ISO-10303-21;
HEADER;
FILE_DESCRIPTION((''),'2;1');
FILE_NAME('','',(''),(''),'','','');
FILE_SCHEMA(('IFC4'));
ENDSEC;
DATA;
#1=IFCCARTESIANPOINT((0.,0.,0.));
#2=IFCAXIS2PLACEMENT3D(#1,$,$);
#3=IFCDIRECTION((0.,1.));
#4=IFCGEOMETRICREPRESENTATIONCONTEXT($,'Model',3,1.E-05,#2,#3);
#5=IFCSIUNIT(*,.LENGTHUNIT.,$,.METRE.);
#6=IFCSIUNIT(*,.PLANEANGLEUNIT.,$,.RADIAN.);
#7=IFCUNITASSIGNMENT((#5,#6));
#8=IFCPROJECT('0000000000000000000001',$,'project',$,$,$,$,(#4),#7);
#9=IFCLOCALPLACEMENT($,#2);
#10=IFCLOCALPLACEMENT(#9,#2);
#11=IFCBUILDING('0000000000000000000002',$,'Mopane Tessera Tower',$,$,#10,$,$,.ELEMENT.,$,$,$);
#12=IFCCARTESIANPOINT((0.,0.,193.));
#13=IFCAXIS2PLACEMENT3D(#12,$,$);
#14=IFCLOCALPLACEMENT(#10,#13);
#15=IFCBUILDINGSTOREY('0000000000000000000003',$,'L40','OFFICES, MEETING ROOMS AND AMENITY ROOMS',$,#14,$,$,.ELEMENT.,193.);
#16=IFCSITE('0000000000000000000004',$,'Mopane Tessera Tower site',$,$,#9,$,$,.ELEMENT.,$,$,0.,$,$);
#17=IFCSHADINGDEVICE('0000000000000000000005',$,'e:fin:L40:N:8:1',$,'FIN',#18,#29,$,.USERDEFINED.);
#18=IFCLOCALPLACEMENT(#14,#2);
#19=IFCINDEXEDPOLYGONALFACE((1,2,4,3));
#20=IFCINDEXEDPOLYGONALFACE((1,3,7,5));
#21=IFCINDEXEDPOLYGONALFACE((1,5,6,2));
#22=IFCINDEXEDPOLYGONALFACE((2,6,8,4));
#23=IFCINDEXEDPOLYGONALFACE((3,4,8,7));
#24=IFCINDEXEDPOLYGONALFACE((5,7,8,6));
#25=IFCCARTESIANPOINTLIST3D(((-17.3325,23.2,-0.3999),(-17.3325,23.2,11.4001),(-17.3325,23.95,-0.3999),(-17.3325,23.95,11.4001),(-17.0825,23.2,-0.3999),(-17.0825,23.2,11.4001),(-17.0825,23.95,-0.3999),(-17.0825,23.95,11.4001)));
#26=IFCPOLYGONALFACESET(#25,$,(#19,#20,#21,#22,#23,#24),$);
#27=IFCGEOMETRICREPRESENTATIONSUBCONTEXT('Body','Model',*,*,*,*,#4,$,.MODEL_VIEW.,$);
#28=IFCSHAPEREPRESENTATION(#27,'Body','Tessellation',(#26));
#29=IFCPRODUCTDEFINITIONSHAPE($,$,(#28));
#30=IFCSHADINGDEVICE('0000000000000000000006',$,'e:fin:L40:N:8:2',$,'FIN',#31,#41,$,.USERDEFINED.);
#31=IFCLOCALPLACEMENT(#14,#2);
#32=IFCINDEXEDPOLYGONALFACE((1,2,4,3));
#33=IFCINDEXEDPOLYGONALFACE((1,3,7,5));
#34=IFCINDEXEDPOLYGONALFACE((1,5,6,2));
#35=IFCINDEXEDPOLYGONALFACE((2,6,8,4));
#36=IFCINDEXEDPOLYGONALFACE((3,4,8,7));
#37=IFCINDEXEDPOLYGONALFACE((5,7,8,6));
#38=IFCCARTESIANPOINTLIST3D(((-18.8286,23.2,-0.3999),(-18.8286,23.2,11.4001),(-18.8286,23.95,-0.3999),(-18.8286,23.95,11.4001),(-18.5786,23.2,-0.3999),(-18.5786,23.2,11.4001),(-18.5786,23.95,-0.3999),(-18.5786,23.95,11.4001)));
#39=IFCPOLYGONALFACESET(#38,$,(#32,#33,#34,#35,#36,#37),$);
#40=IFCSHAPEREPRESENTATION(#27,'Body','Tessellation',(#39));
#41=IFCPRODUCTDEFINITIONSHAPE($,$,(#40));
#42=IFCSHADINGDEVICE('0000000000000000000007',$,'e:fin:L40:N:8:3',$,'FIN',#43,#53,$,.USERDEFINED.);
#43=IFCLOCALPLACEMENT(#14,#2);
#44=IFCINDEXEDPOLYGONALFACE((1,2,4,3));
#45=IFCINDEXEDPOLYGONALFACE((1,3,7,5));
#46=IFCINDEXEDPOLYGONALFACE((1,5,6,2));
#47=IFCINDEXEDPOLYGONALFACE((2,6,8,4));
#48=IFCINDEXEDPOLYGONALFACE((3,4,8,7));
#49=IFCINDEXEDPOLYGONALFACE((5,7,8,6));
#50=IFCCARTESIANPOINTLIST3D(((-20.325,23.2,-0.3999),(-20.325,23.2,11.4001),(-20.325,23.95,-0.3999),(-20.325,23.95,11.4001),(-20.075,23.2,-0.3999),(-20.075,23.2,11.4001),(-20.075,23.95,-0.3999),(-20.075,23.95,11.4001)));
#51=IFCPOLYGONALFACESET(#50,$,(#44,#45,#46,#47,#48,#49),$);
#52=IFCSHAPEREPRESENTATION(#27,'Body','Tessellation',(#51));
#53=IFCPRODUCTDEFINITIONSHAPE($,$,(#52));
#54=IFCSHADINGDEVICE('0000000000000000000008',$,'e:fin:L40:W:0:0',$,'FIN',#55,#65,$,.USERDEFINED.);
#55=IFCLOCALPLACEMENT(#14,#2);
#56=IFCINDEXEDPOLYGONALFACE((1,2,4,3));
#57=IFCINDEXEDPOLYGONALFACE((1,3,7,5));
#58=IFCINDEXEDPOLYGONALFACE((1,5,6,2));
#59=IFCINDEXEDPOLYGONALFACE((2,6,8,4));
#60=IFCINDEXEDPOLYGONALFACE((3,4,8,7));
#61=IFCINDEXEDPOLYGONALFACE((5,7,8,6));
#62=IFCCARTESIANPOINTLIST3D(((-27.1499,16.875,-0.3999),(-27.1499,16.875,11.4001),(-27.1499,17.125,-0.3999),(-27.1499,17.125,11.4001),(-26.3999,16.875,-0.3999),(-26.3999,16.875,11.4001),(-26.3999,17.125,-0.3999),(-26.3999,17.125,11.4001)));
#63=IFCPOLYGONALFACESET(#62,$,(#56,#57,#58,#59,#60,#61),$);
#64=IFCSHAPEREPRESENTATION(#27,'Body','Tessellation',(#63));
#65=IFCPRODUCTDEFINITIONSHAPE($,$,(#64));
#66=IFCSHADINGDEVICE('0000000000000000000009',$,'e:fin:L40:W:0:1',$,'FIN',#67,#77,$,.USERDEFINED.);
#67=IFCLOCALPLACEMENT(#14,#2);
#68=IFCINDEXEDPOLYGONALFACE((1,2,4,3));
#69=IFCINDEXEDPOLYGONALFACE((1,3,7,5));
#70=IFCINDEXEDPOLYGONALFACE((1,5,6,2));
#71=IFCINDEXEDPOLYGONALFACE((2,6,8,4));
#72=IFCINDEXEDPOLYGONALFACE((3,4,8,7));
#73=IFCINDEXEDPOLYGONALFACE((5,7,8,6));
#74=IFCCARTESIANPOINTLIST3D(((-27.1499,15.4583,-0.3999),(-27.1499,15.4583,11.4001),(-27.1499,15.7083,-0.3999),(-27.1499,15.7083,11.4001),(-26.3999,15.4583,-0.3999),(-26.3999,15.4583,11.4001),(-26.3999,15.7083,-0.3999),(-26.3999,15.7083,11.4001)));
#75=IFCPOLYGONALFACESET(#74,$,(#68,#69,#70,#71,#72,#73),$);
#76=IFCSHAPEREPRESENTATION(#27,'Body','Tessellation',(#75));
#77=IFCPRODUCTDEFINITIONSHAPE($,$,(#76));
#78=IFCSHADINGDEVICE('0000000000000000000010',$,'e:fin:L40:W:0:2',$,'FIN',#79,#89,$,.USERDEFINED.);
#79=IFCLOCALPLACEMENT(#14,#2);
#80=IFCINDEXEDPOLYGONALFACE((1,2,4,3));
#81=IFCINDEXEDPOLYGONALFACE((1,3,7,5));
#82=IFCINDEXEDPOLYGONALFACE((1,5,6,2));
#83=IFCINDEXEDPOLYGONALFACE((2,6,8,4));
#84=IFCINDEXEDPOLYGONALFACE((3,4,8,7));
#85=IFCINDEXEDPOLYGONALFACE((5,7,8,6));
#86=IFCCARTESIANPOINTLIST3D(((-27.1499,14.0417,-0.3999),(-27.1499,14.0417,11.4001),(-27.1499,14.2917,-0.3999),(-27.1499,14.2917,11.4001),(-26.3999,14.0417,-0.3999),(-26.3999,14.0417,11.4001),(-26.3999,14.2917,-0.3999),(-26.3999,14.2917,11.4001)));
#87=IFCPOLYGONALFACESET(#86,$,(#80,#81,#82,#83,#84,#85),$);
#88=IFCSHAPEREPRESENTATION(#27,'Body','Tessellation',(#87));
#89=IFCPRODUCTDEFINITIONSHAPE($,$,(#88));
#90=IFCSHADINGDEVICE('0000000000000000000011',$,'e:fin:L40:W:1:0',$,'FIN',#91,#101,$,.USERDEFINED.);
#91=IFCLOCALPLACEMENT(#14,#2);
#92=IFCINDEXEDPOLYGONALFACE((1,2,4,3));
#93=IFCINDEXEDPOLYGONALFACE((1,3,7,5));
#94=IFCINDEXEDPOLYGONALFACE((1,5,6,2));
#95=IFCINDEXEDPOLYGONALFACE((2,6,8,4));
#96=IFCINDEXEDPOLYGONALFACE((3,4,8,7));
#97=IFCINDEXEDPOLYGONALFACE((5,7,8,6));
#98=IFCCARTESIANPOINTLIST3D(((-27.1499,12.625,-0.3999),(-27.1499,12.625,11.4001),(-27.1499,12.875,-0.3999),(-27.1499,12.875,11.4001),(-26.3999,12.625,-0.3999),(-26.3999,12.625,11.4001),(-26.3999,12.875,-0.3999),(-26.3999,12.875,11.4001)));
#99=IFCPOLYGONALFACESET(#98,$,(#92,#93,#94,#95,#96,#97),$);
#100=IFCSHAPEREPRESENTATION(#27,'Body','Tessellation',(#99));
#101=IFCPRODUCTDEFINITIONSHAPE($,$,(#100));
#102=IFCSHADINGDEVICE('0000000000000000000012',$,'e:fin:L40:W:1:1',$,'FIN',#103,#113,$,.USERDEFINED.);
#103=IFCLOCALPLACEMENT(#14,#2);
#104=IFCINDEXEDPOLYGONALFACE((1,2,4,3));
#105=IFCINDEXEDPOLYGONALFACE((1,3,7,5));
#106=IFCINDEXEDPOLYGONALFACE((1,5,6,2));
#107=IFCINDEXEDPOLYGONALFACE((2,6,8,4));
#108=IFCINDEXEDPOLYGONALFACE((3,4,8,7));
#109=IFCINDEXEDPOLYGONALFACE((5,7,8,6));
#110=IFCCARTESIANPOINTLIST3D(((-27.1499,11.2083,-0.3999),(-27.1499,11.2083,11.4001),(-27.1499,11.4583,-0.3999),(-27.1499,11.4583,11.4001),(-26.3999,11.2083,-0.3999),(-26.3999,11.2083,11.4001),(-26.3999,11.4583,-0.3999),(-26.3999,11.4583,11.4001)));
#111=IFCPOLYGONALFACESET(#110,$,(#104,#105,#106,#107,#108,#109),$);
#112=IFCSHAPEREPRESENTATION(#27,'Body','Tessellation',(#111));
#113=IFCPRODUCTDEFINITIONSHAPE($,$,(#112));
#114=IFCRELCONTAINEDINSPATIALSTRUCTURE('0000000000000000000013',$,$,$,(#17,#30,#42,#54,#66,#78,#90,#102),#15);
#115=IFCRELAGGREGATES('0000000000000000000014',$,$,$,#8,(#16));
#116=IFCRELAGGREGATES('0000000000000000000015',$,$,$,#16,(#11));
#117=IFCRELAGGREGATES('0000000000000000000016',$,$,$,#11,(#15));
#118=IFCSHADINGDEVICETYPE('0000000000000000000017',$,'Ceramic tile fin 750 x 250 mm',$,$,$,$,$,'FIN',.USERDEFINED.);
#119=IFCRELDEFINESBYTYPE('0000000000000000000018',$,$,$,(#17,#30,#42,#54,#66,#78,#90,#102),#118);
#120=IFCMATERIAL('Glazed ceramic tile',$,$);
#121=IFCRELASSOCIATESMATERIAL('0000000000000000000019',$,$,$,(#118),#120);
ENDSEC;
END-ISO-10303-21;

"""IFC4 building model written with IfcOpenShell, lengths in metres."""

from ifc_helpers import new_model, si_unit, direction, frame, origin, origin_2d, place, context, subcontext, project, spatial, rectangle, extrude, material, type_object, element, save


model = new_model("IFC4")

# Units and contexts
model_context = context("Model", 3, precision=1e-05, world=origin(), true_north=direction((0.0, 1.0)))
body_context = subcontext(model_context, "Body", "Model", "MODEL_VIEW")
ifc_project = project(units=[si_unit("LENGTHUNIT", "METRE"), si_unit("PLANEANGLEUNIT", "RADIAN")], contexts=[model_context])

# Site, building, storey
site_placement = place(None, origin())
site = spatial("IfcSite", under=ifc_project, at=site_placement, Name="Mopane Tessera Tower site", CompositionType="ELEMENT", RefElevation=0.0)
building_placement = place(site_placement, origin())
building = spatial("IfcBuilding", under=site, at=building_placement, Name="Mopane Tessera Tower", CompositionType="ELEMENT")
storey_placement = place(building_placement, frame((0.0, 0.0, 193.0)))
storey = spatial("IfcBuildingStorey", under=building, at=storey_placement, Name="L40", Description="OFFICES, MEETING ROOMS AND AMENITY ROOMS", CompositionType="ELEMENT", Elevation=193.0)

# Shading devices
ifc_material_1 = material(Name="Glazed ceramic tile")
shading_device_type = type_object("IfcShadingDeviceType", Name="Ceramic tile fin 750 x 250 mm", ElementType="FIN", PredefinedType="USERDEFINED", material=ifc_material_1)
for number, where, z_axis, x_axis, name in (
    (1, (-17.2075, 23.575, -0.3999), (0.0, 0.0, 1.0), (-1.0, 0.0, 0.0), "e:fin:L40:N:8:1"),
    (2, (-18.7036, 23.575, -0.3999), (0.0, 0.0, 1.0), (-1.0, 0.0, 0.0), "e:fin:L40:N:8:2"),
    (3, (-20.2, 23.575, -0.3999), (0.0, 0.0, 1.0), (-1.0, 0.0, 0.0), "e:fin:L40:N:8:3"),
    (4, (-26.7749, 17.0, -0.3999), (0.0, 0.0, 1.0), (0.0, -1.0, 0.0), "e:fin:L40:W:0:0"),
    (5, (-26.7749, 15.5833, -0.3999), (0.0, 0.0, 1.0), (0.0, -1.0, 0.0), "e:fin:L40:W:0:1"),
    (6, (-26.7749, 14.1667, -0.3999), (0.0, 0.0, 1.0), (0.0, -1.0, 0.0), "e:fin:L40:W:0:2"),
    (7, (-26.7749, 12.75, -0.3999), (0.0, 0.0, 1.0), (0.0, -1.0, 0.0), "e:fin:L40:W:1:0"),
    (8, (-26.7749, 11.3333, -0.3999), (0.0, 0.0, 1.0), (0.0, -1.0, 0.0), "e:fin:L40:W:1:1"),
):
    element("IfcShadingDevice", number, at=place(storey_placement, frame(where, z_axis=z_axis, x_axis=x_axis)), inside=storey, type_object=shading_device_type, Name=name, ObjectType="FIN", PredefinedType="USERDEFINED", context=body_context, shape_type="SweptSolid", body=[
        extrude(rectangle(XDim=0.25, YDim=0.75, at=origin_2d()), origin(), (0.0, 0.0, 1.0), 11.8),
    ])

save(model, "model.ifc")
